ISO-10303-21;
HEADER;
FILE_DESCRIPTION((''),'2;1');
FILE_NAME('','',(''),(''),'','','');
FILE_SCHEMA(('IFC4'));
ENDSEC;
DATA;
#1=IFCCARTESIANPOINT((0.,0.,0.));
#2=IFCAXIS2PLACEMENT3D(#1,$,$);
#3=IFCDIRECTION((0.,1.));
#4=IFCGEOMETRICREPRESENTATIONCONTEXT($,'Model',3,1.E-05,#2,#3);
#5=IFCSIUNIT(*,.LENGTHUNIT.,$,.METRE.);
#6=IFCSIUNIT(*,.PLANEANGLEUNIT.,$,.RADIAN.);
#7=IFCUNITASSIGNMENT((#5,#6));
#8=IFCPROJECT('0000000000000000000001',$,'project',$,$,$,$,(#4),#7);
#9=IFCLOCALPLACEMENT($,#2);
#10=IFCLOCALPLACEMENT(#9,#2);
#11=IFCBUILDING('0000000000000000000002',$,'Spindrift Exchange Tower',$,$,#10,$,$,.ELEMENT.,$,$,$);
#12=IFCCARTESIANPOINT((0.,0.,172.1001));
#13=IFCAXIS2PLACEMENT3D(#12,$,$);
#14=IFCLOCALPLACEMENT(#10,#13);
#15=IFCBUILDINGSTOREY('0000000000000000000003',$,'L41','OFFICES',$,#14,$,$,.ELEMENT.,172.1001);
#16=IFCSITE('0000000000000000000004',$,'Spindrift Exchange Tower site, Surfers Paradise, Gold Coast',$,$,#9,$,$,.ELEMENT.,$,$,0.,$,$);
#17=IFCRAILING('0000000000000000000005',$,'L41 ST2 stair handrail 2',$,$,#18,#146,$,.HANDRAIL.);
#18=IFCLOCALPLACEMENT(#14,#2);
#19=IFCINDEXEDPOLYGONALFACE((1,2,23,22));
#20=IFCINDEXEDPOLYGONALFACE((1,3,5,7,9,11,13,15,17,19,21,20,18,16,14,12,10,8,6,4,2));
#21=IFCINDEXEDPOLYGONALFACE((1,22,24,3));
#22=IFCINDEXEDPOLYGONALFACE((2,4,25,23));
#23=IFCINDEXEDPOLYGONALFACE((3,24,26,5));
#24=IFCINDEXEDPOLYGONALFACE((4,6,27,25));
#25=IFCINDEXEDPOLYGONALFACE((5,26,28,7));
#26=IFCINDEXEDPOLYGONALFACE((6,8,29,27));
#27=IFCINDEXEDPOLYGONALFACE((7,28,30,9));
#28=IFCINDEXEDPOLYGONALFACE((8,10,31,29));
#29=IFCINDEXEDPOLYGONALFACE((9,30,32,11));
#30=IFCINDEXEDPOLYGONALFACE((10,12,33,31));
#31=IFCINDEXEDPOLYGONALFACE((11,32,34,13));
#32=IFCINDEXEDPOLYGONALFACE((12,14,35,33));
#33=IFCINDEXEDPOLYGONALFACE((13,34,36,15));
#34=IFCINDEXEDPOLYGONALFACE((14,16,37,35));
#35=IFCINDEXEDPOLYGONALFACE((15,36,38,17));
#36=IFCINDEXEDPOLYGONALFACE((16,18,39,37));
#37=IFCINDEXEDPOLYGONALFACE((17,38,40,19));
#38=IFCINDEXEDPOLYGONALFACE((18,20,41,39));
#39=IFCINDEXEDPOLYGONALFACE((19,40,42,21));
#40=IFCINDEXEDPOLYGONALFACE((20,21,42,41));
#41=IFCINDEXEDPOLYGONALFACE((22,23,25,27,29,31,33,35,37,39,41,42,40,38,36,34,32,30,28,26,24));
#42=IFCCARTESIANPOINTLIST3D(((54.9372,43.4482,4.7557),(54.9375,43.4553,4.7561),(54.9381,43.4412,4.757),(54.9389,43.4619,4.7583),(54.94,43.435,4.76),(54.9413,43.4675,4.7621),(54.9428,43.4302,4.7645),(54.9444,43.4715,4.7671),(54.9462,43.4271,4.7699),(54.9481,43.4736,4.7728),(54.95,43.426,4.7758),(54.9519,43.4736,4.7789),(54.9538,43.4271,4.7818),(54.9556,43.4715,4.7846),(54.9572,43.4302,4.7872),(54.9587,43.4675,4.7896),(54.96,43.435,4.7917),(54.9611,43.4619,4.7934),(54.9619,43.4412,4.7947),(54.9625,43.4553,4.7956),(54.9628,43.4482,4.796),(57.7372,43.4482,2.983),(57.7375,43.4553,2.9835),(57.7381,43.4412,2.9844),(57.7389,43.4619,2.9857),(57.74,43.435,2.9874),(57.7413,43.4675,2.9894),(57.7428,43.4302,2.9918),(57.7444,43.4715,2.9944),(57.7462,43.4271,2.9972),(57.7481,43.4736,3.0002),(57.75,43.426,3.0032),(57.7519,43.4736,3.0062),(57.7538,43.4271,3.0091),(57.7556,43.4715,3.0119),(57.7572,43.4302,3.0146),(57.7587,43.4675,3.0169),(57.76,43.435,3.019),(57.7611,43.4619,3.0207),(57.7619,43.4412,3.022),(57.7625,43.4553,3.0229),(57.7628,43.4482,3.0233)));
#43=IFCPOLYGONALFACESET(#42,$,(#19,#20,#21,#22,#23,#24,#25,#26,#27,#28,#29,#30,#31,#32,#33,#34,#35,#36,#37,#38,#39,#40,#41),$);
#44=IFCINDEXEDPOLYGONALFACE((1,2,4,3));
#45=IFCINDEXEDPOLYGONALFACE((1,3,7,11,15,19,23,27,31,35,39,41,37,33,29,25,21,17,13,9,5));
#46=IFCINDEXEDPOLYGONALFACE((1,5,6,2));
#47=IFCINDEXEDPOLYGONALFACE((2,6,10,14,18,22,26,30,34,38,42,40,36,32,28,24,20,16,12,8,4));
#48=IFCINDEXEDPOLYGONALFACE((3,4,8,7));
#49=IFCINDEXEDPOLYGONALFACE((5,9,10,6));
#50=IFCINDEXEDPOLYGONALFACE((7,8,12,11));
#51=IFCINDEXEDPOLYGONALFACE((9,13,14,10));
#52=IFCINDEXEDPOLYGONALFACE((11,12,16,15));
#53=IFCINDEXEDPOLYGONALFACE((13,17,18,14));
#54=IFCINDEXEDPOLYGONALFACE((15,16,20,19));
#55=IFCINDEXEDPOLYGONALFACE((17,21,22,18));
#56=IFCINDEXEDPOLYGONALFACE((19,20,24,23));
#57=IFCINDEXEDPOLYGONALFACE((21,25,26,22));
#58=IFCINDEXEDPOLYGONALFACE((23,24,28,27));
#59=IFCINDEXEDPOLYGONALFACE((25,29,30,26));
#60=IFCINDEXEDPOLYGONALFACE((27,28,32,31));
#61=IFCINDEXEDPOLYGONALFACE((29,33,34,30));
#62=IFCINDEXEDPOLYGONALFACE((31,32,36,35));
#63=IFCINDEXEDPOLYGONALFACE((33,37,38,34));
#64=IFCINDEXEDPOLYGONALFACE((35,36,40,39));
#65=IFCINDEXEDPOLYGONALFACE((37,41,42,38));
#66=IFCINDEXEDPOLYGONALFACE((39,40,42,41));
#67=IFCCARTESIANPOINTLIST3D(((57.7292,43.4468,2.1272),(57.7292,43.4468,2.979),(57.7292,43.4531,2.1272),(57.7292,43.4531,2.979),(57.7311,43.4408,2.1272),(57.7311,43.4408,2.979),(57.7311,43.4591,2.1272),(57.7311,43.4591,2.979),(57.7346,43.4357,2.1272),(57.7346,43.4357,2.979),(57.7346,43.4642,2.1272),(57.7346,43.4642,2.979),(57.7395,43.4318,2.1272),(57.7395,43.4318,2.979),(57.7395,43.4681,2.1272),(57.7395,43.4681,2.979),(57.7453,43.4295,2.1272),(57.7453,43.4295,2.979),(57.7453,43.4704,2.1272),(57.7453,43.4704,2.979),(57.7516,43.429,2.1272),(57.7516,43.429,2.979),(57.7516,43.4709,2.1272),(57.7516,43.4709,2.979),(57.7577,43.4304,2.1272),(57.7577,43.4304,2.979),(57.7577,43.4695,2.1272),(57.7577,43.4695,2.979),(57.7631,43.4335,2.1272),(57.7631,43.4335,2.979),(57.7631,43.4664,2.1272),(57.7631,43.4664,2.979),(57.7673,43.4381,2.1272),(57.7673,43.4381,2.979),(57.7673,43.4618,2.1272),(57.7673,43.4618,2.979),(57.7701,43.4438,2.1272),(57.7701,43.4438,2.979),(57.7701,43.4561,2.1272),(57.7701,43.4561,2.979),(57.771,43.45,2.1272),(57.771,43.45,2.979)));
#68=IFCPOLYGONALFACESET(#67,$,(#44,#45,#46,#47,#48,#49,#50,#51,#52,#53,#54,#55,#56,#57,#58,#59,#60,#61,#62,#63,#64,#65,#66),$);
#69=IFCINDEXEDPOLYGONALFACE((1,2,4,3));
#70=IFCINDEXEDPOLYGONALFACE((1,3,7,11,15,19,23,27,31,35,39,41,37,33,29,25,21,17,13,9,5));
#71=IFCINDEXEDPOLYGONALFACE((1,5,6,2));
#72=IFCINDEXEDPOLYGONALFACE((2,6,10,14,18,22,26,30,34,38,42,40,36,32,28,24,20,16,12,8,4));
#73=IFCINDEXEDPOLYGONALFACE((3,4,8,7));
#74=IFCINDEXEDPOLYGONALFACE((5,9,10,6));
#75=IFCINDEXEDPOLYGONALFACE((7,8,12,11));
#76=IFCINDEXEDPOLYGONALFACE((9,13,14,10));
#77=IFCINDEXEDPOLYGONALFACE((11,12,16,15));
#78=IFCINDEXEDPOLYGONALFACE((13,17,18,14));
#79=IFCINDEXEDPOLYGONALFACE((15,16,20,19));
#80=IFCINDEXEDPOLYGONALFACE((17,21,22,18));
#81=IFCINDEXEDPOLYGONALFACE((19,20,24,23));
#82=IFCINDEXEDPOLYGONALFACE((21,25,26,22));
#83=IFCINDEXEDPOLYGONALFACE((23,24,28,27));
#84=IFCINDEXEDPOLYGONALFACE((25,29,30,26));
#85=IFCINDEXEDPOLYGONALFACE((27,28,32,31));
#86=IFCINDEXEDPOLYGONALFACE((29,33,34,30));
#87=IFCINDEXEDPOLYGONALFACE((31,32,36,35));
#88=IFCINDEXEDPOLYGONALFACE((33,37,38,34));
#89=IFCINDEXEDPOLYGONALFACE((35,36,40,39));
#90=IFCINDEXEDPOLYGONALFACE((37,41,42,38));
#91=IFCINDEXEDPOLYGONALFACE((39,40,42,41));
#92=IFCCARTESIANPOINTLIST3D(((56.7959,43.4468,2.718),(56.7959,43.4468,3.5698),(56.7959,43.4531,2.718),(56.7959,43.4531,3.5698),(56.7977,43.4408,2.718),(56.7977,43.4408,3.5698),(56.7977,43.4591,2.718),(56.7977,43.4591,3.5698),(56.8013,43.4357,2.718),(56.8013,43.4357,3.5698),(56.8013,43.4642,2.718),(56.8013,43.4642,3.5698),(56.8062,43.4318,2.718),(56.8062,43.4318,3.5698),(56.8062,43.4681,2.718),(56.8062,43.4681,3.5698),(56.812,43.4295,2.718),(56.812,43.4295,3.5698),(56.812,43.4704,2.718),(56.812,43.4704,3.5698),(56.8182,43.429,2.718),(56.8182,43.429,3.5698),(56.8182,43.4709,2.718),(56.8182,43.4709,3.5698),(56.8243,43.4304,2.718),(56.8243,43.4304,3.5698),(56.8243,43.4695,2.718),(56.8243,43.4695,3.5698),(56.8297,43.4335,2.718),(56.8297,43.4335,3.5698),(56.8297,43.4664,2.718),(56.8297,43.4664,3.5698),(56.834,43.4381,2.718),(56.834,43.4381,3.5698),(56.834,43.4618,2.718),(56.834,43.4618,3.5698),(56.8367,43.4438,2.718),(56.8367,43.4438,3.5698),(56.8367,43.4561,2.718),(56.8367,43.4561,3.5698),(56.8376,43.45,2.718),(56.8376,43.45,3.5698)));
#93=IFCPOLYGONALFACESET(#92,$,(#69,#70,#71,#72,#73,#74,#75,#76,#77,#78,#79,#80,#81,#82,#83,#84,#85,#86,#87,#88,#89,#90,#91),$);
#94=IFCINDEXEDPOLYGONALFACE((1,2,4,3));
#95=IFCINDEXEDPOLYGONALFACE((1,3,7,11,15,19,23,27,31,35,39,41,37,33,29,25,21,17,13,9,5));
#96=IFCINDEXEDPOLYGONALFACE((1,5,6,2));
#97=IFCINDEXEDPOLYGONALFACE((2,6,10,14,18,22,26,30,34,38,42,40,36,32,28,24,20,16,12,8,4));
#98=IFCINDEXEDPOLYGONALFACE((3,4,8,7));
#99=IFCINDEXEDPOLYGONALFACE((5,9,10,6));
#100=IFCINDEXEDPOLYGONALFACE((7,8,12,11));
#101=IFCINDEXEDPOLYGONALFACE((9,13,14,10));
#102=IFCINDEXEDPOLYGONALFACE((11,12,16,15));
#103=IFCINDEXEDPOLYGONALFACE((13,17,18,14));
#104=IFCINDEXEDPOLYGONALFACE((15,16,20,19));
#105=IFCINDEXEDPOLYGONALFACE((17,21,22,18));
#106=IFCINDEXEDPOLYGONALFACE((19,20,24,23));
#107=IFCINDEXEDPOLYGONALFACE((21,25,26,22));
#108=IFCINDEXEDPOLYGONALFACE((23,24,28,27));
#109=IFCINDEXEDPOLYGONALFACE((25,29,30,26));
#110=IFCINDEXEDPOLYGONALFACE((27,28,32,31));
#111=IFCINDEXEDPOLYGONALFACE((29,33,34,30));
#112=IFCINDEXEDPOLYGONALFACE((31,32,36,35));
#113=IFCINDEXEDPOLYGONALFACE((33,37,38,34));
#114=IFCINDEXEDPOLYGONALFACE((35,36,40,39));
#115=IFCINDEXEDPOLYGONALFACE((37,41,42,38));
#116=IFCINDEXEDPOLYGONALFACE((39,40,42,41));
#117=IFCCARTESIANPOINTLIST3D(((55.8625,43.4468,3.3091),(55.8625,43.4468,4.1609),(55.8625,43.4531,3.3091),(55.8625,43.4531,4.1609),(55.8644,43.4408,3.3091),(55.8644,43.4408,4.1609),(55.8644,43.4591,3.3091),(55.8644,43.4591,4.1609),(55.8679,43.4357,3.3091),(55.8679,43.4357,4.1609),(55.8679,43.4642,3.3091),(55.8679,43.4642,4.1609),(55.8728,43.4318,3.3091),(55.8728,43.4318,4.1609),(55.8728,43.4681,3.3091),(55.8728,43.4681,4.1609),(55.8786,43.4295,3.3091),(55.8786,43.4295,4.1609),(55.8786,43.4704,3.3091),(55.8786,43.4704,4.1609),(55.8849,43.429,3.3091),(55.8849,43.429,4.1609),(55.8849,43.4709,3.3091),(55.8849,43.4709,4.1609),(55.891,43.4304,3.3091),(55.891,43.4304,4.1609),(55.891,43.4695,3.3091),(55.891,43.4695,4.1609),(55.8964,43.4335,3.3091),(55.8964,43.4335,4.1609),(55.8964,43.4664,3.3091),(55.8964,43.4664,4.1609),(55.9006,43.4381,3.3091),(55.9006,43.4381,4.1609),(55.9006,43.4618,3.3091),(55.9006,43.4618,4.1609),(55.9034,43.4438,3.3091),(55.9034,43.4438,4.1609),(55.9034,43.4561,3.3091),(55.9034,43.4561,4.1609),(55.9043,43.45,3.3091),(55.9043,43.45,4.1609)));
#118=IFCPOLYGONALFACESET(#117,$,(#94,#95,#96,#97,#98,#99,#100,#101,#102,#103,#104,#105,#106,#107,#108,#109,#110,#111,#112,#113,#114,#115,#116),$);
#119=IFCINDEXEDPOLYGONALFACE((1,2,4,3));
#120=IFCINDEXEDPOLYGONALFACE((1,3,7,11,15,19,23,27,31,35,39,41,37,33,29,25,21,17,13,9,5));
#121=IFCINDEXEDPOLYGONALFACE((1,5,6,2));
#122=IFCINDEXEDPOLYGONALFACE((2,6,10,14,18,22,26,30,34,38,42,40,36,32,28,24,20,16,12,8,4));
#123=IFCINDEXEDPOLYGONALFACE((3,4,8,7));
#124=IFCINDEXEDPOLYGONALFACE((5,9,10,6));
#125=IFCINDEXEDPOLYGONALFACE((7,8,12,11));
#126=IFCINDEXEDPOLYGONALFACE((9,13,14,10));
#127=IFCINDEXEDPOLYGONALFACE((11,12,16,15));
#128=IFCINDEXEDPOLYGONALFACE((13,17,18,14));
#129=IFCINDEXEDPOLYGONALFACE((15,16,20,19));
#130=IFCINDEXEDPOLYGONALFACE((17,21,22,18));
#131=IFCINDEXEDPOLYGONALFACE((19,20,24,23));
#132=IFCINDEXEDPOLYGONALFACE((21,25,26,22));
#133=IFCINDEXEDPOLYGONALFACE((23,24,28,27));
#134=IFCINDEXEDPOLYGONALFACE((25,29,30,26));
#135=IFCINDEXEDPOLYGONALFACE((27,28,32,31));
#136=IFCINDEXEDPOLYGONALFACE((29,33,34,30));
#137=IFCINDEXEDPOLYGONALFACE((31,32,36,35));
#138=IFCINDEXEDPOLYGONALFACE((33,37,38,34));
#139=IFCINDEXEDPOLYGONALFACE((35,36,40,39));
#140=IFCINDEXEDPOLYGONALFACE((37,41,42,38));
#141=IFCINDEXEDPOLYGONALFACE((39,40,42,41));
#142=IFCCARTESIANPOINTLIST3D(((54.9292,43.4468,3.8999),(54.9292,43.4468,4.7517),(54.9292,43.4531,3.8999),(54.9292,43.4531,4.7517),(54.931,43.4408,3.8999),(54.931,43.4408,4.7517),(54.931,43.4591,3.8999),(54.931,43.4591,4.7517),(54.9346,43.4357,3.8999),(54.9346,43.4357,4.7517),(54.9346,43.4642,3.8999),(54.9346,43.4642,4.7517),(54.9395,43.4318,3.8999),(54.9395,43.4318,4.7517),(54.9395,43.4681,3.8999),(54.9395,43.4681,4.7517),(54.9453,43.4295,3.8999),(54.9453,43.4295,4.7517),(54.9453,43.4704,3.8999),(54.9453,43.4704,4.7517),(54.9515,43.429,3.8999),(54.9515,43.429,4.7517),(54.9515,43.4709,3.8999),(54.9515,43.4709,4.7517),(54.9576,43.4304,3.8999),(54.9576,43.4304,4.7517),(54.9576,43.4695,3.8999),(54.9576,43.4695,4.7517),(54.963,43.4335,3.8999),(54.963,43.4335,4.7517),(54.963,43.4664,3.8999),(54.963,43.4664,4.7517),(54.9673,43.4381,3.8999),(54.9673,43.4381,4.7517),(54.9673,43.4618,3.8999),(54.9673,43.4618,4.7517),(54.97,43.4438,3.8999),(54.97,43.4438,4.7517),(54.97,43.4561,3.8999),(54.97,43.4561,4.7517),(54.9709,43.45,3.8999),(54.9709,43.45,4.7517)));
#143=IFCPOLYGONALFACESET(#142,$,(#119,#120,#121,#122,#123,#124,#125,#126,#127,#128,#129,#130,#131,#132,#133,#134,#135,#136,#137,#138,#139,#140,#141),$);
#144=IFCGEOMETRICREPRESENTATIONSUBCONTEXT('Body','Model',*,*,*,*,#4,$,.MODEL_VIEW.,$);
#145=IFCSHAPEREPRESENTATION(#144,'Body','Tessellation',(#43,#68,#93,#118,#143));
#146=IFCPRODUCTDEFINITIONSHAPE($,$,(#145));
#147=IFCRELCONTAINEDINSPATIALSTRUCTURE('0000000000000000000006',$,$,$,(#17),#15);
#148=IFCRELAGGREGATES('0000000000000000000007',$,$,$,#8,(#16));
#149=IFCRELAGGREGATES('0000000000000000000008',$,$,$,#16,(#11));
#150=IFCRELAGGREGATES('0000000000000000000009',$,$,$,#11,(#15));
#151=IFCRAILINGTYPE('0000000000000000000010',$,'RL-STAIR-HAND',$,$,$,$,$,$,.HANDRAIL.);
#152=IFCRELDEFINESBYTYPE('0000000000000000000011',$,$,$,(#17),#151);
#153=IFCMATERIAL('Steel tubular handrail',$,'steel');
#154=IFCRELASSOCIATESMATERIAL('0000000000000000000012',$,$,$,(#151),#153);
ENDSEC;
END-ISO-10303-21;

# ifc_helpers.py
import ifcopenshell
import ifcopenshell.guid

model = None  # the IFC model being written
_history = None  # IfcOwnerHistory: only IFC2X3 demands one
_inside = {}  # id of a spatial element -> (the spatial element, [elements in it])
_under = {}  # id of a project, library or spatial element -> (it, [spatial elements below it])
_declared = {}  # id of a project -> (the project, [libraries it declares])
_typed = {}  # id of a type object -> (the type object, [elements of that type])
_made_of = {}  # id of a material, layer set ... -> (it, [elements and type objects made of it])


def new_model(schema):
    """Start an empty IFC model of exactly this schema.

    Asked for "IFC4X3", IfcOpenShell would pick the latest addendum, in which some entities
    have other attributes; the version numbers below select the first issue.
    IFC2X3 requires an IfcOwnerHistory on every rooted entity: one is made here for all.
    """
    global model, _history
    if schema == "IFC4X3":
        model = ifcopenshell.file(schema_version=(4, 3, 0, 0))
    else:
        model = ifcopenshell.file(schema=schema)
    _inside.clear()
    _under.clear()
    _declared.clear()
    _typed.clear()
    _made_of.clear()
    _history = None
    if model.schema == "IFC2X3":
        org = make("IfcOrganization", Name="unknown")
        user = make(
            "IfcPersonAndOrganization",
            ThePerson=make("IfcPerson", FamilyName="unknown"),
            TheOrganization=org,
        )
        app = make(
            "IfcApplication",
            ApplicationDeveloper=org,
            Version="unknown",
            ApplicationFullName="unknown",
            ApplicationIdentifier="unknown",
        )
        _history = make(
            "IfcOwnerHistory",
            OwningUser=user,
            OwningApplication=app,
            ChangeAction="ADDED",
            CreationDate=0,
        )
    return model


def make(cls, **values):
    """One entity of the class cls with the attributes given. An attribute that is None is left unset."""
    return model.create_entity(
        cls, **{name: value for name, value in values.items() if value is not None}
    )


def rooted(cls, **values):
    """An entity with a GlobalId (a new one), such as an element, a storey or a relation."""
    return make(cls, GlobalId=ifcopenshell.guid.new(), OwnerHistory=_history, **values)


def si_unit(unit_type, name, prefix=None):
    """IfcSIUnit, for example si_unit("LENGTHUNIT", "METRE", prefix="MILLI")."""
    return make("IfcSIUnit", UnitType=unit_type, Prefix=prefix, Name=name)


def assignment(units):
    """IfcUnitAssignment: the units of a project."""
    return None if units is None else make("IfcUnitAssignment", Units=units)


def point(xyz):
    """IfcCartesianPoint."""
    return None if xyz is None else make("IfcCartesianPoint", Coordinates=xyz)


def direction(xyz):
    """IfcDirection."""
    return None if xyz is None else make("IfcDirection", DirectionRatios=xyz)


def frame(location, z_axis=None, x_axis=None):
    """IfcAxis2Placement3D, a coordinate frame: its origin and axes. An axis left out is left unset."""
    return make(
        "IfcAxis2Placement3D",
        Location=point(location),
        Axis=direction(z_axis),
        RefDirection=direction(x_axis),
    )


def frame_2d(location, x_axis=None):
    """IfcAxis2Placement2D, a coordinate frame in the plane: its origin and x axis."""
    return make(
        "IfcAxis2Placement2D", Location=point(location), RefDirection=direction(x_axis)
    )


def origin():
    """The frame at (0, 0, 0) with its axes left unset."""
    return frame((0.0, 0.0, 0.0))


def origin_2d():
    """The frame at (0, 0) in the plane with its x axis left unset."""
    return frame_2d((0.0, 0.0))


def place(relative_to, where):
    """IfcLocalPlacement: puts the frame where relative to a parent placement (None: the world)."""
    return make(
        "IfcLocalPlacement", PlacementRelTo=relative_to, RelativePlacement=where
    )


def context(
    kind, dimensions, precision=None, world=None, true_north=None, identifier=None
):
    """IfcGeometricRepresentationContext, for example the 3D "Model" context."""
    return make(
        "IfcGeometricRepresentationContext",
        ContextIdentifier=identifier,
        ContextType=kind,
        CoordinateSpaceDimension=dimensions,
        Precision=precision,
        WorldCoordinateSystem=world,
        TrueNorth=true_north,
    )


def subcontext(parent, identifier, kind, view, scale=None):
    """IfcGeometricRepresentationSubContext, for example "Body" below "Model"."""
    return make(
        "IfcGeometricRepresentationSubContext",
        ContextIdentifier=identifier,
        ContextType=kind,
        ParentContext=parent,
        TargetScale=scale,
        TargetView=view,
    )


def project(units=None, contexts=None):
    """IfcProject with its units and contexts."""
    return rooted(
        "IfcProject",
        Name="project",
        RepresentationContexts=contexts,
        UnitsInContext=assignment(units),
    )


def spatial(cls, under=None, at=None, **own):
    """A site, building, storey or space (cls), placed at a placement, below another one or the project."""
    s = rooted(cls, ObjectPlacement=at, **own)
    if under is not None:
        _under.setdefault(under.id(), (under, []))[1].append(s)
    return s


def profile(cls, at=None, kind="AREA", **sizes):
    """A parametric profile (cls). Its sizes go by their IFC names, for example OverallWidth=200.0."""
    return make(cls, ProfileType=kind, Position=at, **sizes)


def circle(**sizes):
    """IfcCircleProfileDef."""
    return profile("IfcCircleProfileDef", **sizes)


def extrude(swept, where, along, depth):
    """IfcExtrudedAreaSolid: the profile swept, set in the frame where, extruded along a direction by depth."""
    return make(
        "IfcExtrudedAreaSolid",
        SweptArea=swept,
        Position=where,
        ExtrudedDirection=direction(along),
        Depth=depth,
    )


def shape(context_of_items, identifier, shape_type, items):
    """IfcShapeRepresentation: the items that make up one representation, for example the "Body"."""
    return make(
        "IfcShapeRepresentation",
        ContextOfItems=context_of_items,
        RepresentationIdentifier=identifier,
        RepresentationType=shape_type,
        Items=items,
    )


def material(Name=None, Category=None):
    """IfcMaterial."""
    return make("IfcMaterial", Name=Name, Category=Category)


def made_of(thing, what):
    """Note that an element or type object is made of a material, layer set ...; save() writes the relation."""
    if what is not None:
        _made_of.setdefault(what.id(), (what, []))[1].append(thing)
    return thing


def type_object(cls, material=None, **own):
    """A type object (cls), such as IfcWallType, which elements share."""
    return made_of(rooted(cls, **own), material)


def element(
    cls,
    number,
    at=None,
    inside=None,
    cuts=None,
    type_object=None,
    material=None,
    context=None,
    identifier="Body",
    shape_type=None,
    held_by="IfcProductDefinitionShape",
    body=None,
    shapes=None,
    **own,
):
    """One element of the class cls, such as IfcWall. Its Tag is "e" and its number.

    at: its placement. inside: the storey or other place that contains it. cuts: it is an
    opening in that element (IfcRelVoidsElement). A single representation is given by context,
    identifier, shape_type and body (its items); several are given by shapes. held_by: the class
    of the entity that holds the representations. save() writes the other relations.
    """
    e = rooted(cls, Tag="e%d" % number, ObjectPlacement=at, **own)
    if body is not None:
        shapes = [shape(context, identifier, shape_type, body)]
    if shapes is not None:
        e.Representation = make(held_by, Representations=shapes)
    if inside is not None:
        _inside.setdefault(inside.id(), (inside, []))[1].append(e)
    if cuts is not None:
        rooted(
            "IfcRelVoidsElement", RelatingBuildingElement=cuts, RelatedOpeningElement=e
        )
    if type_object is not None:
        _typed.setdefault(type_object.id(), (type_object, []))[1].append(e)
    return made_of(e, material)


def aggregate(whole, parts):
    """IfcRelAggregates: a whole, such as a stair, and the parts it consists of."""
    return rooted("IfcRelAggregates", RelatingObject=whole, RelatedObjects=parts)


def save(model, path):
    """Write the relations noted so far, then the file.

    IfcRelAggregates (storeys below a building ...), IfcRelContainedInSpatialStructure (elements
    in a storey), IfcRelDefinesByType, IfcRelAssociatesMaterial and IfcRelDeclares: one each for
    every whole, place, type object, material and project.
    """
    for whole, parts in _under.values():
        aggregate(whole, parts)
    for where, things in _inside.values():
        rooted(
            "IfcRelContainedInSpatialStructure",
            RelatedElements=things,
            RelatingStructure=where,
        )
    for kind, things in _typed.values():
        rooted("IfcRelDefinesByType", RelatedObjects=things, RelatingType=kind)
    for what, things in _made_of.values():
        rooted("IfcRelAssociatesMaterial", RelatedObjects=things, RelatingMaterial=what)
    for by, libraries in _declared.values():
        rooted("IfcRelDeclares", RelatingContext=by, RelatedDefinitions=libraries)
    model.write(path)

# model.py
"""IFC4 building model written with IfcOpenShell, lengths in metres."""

from ifc_helpers import new_model, si_unit, direction, frame, origin, origin_2d, place, context, subcontext, project, spatial, circle, extrude, material, type_object, element, save


model = new_model("IFC4")

# Units and contexts
model_context = context("Model", 3, precision=1e-05, world=origin(), true_north=direction((0.0, 1.0)))
body_context = subcontext(model_context, "Body", "Model", "MODEL_VIEW")
ifc_project = project(units=[si_unit("LENGTHUNIT", "METRE"), si_unit("PLANEANGLEUNIT", "RADIAN")], contexts=[model_context])

# Site, building, storey
site_placement = place(None, origin())
site = spatial("IfcSite", under=ifc_project, at=site_placement, Name="Spindrift Exchange Tower site, Surfers Paradise, Gold Coast", CompositionType="ELEMENT", RefElevation=0.0)
building_placement = place(site_placement, origin())
building = spatial("IfcBuilding", under=site, at=building_placement, Name="Spindrift Exchange Tower", CompositionType="ELEMENT")
storey_placement = place(building_placement, frame((0.0, 0.0, 172.1001)))
storey = spatial("IfcBuildingStorey", under=building, at=storey_placement, Name="L41", Description="OFFICES", CompositionType="ELEMENT", Elevation=172.1001)

# Railing
ifc_material_1 = material(Name="Steel tubular handrail", Category="steel")
railing_type_1 = type_object("IfcRailingType", Name="RL-STAIR-HAND", PredefinedType="HANDRAIL", material=ifc_material_1)
railing_1_placement = place(storey_placement, frame((57.75, 43.45, 2.1272)))
element("IfcRailing", 1, at=railing_1_placement, inside=storey, type_object=railing_type_1, Name="L41 ST2 stair handrail 2", PredefinedType="HANDRAIL", context=body_context, shape_type="SweptSolid", body=[
    extrude(circle(Radius=0.0239, at=origin_2d()), frame((0.0, 0.0, 0.876), z_axis=(-0.844909, 0.0, 0.53491), x_axis=(0.0, -1.0, 0.0)), (0.0, 0.0, 1.0), 3.314),
    extrude(circle(Radius=0.021, at=origin_2d()), origin(), (0.0, 0.0, 1.0), 0.8518),
    extrude(circle(Radius=0.021, at=origin_2d()), frame((-0.9333, 0.0, 0.5908)), (0.0, 0.0, 1.0), 0.8518),
    extrude(circle(Radius=0.021, at=origin_2d()), frame((-1.8667, 0.0, 1.1819)), (0.0, 0.0, 1.0), 0.8518),
    extrude(circle(Radius=0.021, at=origin_2d()), frame((-2.8, 0.0, 1.7727)), (0.0, 0.0, 1.0), 0.8518),
])

save(model, "model.ifc")
